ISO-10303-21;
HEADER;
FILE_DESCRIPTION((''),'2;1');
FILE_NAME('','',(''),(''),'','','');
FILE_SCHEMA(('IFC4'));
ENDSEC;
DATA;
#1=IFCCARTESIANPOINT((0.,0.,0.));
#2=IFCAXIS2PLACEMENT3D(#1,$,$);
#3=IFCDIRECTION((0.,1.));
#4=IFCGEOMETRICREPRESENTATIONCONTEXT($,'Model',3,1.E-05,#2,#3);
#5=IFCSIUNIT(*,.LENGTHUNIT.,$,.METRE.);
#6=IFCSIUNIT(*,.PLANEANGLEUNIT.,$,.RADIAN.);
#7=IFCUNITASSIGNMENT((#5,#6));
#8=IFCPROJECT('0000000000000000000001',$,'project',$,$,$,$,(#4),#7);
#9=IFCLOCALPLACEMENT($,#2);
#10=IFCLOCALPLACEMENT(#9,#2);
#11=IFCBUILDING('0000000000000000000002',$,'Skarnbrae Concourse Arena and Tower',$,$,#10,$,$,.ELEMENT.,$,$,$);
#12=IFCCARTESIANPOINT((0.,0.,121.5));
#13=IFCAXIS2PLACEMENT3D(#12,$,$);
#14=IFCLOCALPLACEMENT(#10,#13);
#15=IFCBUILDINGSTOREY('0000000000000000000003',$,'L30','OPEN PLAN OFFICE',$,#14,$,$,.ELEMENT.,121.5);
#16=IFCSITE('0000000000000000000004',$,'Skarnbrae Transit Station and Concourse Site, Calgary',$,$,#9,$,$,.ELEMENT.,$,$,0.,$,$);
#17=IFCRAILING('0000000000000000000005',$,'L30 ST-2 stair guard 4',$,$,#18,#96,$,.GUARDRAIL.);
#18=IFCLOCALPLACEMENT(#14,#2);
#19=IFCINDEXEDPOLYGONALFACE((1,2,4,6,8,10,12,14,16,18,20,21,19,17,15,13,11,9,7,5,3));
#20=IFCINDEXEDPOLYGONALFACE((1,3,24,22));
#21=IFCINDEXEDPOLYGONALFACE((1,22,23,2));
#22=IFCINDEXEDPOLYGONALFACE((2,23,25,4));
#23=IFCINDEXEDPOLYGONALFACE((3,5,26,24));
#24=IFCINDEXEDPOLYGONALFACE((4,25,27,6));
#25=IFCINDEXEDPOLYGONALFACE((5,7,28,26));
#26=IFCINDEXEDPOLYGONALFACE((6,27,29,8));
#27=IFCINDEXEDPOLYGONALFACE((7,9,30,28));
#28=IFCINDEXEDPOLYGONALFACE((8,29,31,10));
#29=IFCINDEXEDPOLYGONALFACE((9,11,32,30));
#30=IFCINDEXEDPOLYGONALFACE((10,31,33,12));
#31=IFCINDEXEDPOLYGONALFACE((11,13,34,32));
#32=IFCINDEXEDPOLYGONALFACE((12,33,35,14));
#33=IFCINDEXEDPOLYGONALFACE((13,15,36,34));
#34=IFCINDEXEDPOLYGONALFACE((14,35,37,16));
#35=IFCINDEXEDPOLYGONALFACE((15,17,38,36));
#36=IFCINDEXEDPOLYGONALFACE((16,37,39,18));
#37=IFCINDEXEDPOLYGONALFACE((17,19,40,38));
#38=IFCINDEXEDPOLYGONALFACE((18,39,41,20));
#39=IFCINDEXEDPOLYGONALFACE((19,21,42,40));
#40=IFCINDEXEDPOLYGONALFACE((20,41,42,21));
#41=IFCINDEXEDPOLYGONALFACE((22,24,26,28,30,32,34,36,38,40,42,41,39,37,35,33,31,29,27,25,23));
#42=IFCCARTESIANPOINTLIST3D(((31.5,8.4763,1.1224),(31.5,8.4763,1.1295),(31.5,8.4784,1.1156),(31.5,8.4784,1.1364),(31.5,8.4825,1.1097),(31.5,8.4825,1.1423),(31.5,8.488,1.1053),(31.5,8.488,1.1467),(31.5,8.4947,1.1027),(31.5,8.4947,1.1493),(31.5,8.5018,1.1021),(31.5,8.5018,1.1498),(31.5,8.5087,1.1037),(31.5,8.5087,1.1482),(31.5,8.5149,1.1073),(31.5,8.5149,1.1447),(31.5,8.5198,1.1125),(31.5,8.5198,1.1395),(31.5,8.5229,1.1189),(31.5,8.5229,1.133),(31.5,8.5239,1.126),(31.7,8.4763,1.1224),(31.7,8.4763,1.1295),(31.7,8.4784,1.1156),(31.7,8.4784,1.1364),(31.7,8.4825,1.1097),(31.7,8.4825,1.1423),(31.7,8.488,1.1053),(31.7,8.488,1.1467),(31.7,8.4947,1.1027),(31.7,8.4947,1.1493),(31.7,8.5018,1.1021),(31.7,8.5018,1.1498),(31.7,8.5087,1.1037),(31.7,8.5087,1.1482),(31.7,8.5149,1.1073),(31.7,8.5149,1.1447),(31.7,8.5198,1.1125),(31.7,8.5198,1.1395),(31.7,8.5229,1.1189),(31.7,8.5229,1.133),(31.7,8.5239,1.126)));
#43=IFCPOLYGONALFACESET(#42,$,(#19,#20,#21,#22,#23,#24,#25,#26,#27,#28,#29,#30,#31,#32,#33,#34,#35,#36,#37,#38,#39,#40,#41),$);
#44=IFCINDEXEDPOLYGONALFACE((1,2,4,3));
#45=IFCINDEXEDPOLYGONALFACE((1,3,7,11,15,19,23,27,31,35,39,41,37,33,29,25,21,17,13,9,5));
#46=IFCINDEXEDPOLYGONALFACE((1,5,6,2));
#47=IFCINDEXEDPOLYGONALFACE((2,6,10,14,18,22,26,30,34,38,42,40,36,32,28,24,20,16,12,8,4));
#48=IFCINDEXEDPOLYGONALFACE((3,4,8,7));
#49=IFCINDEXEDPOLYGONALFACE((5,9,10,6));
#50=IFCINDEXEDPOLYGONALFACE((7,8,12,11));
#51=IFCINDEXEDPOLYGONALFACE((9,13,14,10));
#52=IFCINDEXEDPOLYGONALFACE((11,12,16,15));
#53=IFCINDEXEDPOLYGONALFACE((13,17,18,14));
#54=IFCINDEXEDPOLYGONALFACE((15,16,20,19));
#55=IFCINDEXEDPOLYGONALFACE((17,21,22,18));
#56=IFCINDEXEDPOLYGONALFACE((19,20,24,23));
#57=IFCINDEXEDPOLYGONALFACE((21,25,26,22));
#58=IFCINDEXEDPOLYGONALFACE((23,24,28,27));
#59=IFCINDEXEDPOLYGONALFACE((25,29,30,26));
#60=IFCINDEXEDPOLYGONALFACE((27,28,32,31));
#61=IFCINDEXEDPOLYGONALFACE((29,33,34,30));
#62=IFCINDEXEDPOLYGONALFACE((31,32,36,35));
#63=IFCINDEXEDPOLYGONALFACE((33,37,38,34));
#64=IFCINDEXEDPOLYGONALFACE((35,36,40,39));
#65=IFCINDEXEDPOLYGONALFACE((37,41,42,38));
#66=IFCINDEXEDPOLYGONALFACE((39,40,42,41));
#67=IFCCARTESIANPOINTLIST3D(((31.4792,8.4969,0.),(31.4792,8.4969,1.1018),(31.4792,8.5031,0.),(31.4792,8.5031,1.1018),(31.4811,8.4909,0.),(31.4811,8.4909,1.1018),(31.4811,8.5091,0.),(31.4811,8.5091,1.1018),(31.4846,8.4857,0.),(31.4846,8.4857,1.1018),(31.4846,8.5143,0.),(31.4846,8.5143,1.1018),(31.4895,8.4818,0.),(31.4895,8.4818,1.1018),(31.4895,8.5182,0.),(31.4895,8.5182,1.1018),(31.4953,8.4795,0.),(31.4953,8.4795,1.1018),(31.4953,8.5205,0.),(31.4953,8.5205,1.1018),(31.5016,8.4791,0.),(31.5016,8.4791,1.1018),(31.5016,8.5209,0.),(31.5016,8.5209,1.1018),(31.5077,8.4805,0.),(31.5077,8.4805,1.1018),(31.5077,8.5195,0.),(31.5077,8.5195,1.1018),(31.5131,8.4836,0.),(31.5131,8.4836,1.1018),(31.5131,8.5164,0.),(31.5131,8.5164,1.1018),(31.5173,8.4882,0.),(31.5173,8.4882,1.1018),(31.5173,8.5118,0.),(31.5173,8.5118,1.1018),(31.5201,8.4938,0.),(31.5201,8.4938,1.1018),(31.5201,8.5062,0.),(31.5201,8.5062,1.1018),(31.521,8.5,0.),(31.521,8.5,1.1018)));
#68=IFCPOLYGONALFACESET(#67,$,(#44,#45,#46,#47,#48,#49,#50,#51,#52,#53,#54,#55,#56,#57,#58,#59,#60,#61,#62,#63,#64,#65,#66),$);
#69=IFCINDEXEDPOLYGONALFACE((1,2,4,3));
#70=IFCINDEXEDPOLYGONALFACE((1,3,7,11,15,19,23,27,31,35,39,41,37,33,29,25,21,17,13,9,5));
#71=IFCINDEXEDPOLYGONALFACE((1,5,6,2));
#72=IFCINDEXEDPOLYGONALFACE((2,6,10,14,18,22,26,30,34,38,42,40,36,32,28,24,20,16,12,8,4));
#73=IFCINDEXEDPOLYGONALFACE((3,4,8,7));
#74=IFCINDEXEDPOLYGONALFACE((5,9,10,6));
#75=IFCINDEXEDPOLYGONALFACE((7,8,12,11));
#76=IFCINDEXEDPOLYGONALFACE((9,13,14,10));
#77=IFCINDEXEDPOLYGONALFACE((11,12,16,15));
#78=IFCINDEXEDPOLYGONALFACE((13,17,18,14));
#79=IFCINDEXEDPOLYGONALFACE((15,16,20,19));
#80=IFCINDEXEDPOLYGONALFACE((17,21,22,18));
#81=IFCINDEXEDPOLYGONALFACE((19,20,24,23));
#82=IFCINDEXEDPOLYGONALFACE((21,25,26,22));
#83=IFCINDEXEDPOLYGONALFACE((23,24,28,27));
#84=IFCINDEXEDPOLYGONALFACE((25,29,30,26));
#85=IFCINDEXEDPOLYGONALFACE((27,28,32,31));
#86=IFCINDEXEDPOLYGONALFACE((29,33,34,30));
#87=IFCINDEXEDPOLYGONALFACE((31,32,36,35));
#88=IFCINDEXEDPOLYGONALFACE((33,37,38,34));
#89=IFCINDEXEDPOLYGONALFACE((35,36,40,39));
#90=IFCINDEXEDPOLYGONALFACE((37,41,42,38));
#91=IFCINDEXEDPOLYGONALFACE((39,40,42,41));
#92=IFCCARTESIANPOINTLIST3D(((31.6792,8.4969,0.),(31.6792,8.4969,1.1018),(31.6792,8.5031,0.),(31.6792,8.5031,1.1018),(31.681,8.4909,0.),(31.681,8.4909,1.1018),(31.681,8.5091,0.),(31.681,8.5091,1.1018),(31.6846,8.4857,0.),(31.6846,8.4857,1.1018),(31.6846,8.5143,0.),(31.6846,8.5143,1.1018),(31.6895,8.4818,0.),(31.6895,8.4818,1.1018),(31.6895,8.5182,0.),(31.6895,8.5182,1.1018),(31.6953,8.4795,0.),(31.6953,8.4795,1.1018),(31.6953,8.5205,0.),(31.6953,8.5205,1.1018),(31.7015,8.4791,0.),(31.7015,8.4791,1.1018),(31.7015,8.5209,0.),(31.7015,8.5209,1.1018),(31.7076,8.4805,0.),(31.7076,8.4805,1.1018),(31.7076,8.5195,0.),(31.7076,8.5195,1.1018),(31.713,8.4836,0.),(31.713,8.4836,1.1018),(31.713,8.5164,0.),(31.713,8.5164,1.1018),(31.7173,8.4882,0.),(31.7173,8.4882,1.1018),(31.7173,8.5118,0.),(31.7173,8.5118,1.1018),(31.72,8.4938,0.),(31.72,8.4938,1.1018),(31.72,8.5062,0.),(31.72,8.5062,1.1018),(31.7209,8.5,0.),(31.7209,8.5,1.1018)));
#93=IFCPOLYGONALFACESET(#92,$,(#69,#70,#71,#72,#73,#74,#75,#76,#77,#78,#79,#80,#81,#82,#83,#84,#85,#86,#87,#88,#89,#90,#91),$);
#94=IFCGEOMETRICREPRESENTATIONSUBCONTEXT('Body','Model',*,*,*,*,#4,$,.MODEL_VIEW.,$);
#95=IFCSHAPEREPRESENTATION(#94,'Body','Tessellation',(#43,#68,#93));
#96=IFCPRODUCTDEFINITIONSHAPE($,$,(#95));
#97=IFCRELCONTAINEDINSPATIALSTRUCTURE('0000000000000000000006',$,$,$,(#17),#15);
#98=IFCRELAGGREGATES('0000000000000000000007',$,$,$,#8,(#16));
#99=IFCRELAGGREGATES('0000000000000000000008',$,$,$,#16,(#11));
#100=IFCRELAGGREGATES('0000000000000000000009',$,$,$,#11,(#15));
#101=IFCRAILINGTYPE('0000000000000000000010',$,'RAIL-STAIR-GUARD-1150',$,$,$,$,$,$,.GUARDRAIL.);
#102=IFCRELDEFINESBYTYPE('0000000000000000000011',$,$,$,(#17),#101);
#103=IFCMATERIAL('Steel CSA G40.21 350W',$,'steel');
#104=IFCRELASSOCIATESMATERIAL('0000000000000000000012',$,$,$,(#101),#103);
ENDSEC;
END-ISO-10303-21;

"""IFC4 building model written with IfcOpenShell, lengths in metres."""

from ifc_helpers import new_model, si_unit, direction, frame, origin, origin_2d, place, context, subcontext, project, spatial, circle, extrude, material, type_object, element, save


model = new_model("IFC4")

# Units and contexts
model_context = context("Model", 3, precision=1e-05, world=origin(), true_north=direction((0.0, 1.0)))
body_context = subcontext(model_context, "Body", "Model", "MODEL_VIEW")
ifc_project = project(units=[si_unit("LENGTHUNIT", "METRE"), si_unit("PLANEANGLEUNIT", "RADIAN")], contexts=[model_context])

# Site, building, storey
site_placement = place(None, origin())
site = spatial("IfcSite", under=ifc_project, at=site_placement, Name="Skarnbrae Transit Station and Concourse Site, Calgary", CompositionType="ELEMENT", RefElevation=0.0)
building_placement = place(site_placement, origin())
building = spatial("IfcBuilding", under=site, at=building_placement, Name="Skarnbrae Concourse Arena and Tower", CompositionType="ELEMENT")
storey_placement = place(building_placement, frame((0.0, 0.0, 121.5)))
storey = spatial("IfcBuildingStorey", under=building, at=storey_placement, Name="L30", Description="OPEN PLAN OFFICE", CompositionType="ELEMENT", Elevation=121.5)

# Shared definitions
ifc_material_1 = material(Name="Steel CSA G40.21 350W", Category="steel")

# Railing
railing_type_1 = type_object("IfcRailingType", Name="RAIL-STAIR-GUARD-1150", PredefinedType="GUARDRAIL", material=ifc_material_1)
railing_1_placement = place(storey_placement, frame((31.5, 8.5, 0.0)))
element("IfcRailing", 1, at=railing_1_placement, inside=storey, type_object=railing_type_1, Name="L30 ST-2 stair guard 4", PredefinedType="GUARDRAIL", context=body_context, shape_type="SweptSolid", body=[
    extrude(circle(Radius=0.0239, at=origin_2d()), frame((0.0, 0.0, 1.126), z_axis=(1.0, 0.0, 0.0), x_axis=(0.0, 1.0, 0.0)), (0.0, 0.0, 1.0), 0.2),
    extrude(circle(Radius=0.021, at=origin_2d()), origin(), (0.0, 0.0, 1.0), 1.1018),
    extrude(circle(Radius=0.021, at=origin_2d()), frame((0.2, 0.0, 0.0)), (0.0, 0.0, 1.0), 1.1018),
])

save(model, "model.ifc")
